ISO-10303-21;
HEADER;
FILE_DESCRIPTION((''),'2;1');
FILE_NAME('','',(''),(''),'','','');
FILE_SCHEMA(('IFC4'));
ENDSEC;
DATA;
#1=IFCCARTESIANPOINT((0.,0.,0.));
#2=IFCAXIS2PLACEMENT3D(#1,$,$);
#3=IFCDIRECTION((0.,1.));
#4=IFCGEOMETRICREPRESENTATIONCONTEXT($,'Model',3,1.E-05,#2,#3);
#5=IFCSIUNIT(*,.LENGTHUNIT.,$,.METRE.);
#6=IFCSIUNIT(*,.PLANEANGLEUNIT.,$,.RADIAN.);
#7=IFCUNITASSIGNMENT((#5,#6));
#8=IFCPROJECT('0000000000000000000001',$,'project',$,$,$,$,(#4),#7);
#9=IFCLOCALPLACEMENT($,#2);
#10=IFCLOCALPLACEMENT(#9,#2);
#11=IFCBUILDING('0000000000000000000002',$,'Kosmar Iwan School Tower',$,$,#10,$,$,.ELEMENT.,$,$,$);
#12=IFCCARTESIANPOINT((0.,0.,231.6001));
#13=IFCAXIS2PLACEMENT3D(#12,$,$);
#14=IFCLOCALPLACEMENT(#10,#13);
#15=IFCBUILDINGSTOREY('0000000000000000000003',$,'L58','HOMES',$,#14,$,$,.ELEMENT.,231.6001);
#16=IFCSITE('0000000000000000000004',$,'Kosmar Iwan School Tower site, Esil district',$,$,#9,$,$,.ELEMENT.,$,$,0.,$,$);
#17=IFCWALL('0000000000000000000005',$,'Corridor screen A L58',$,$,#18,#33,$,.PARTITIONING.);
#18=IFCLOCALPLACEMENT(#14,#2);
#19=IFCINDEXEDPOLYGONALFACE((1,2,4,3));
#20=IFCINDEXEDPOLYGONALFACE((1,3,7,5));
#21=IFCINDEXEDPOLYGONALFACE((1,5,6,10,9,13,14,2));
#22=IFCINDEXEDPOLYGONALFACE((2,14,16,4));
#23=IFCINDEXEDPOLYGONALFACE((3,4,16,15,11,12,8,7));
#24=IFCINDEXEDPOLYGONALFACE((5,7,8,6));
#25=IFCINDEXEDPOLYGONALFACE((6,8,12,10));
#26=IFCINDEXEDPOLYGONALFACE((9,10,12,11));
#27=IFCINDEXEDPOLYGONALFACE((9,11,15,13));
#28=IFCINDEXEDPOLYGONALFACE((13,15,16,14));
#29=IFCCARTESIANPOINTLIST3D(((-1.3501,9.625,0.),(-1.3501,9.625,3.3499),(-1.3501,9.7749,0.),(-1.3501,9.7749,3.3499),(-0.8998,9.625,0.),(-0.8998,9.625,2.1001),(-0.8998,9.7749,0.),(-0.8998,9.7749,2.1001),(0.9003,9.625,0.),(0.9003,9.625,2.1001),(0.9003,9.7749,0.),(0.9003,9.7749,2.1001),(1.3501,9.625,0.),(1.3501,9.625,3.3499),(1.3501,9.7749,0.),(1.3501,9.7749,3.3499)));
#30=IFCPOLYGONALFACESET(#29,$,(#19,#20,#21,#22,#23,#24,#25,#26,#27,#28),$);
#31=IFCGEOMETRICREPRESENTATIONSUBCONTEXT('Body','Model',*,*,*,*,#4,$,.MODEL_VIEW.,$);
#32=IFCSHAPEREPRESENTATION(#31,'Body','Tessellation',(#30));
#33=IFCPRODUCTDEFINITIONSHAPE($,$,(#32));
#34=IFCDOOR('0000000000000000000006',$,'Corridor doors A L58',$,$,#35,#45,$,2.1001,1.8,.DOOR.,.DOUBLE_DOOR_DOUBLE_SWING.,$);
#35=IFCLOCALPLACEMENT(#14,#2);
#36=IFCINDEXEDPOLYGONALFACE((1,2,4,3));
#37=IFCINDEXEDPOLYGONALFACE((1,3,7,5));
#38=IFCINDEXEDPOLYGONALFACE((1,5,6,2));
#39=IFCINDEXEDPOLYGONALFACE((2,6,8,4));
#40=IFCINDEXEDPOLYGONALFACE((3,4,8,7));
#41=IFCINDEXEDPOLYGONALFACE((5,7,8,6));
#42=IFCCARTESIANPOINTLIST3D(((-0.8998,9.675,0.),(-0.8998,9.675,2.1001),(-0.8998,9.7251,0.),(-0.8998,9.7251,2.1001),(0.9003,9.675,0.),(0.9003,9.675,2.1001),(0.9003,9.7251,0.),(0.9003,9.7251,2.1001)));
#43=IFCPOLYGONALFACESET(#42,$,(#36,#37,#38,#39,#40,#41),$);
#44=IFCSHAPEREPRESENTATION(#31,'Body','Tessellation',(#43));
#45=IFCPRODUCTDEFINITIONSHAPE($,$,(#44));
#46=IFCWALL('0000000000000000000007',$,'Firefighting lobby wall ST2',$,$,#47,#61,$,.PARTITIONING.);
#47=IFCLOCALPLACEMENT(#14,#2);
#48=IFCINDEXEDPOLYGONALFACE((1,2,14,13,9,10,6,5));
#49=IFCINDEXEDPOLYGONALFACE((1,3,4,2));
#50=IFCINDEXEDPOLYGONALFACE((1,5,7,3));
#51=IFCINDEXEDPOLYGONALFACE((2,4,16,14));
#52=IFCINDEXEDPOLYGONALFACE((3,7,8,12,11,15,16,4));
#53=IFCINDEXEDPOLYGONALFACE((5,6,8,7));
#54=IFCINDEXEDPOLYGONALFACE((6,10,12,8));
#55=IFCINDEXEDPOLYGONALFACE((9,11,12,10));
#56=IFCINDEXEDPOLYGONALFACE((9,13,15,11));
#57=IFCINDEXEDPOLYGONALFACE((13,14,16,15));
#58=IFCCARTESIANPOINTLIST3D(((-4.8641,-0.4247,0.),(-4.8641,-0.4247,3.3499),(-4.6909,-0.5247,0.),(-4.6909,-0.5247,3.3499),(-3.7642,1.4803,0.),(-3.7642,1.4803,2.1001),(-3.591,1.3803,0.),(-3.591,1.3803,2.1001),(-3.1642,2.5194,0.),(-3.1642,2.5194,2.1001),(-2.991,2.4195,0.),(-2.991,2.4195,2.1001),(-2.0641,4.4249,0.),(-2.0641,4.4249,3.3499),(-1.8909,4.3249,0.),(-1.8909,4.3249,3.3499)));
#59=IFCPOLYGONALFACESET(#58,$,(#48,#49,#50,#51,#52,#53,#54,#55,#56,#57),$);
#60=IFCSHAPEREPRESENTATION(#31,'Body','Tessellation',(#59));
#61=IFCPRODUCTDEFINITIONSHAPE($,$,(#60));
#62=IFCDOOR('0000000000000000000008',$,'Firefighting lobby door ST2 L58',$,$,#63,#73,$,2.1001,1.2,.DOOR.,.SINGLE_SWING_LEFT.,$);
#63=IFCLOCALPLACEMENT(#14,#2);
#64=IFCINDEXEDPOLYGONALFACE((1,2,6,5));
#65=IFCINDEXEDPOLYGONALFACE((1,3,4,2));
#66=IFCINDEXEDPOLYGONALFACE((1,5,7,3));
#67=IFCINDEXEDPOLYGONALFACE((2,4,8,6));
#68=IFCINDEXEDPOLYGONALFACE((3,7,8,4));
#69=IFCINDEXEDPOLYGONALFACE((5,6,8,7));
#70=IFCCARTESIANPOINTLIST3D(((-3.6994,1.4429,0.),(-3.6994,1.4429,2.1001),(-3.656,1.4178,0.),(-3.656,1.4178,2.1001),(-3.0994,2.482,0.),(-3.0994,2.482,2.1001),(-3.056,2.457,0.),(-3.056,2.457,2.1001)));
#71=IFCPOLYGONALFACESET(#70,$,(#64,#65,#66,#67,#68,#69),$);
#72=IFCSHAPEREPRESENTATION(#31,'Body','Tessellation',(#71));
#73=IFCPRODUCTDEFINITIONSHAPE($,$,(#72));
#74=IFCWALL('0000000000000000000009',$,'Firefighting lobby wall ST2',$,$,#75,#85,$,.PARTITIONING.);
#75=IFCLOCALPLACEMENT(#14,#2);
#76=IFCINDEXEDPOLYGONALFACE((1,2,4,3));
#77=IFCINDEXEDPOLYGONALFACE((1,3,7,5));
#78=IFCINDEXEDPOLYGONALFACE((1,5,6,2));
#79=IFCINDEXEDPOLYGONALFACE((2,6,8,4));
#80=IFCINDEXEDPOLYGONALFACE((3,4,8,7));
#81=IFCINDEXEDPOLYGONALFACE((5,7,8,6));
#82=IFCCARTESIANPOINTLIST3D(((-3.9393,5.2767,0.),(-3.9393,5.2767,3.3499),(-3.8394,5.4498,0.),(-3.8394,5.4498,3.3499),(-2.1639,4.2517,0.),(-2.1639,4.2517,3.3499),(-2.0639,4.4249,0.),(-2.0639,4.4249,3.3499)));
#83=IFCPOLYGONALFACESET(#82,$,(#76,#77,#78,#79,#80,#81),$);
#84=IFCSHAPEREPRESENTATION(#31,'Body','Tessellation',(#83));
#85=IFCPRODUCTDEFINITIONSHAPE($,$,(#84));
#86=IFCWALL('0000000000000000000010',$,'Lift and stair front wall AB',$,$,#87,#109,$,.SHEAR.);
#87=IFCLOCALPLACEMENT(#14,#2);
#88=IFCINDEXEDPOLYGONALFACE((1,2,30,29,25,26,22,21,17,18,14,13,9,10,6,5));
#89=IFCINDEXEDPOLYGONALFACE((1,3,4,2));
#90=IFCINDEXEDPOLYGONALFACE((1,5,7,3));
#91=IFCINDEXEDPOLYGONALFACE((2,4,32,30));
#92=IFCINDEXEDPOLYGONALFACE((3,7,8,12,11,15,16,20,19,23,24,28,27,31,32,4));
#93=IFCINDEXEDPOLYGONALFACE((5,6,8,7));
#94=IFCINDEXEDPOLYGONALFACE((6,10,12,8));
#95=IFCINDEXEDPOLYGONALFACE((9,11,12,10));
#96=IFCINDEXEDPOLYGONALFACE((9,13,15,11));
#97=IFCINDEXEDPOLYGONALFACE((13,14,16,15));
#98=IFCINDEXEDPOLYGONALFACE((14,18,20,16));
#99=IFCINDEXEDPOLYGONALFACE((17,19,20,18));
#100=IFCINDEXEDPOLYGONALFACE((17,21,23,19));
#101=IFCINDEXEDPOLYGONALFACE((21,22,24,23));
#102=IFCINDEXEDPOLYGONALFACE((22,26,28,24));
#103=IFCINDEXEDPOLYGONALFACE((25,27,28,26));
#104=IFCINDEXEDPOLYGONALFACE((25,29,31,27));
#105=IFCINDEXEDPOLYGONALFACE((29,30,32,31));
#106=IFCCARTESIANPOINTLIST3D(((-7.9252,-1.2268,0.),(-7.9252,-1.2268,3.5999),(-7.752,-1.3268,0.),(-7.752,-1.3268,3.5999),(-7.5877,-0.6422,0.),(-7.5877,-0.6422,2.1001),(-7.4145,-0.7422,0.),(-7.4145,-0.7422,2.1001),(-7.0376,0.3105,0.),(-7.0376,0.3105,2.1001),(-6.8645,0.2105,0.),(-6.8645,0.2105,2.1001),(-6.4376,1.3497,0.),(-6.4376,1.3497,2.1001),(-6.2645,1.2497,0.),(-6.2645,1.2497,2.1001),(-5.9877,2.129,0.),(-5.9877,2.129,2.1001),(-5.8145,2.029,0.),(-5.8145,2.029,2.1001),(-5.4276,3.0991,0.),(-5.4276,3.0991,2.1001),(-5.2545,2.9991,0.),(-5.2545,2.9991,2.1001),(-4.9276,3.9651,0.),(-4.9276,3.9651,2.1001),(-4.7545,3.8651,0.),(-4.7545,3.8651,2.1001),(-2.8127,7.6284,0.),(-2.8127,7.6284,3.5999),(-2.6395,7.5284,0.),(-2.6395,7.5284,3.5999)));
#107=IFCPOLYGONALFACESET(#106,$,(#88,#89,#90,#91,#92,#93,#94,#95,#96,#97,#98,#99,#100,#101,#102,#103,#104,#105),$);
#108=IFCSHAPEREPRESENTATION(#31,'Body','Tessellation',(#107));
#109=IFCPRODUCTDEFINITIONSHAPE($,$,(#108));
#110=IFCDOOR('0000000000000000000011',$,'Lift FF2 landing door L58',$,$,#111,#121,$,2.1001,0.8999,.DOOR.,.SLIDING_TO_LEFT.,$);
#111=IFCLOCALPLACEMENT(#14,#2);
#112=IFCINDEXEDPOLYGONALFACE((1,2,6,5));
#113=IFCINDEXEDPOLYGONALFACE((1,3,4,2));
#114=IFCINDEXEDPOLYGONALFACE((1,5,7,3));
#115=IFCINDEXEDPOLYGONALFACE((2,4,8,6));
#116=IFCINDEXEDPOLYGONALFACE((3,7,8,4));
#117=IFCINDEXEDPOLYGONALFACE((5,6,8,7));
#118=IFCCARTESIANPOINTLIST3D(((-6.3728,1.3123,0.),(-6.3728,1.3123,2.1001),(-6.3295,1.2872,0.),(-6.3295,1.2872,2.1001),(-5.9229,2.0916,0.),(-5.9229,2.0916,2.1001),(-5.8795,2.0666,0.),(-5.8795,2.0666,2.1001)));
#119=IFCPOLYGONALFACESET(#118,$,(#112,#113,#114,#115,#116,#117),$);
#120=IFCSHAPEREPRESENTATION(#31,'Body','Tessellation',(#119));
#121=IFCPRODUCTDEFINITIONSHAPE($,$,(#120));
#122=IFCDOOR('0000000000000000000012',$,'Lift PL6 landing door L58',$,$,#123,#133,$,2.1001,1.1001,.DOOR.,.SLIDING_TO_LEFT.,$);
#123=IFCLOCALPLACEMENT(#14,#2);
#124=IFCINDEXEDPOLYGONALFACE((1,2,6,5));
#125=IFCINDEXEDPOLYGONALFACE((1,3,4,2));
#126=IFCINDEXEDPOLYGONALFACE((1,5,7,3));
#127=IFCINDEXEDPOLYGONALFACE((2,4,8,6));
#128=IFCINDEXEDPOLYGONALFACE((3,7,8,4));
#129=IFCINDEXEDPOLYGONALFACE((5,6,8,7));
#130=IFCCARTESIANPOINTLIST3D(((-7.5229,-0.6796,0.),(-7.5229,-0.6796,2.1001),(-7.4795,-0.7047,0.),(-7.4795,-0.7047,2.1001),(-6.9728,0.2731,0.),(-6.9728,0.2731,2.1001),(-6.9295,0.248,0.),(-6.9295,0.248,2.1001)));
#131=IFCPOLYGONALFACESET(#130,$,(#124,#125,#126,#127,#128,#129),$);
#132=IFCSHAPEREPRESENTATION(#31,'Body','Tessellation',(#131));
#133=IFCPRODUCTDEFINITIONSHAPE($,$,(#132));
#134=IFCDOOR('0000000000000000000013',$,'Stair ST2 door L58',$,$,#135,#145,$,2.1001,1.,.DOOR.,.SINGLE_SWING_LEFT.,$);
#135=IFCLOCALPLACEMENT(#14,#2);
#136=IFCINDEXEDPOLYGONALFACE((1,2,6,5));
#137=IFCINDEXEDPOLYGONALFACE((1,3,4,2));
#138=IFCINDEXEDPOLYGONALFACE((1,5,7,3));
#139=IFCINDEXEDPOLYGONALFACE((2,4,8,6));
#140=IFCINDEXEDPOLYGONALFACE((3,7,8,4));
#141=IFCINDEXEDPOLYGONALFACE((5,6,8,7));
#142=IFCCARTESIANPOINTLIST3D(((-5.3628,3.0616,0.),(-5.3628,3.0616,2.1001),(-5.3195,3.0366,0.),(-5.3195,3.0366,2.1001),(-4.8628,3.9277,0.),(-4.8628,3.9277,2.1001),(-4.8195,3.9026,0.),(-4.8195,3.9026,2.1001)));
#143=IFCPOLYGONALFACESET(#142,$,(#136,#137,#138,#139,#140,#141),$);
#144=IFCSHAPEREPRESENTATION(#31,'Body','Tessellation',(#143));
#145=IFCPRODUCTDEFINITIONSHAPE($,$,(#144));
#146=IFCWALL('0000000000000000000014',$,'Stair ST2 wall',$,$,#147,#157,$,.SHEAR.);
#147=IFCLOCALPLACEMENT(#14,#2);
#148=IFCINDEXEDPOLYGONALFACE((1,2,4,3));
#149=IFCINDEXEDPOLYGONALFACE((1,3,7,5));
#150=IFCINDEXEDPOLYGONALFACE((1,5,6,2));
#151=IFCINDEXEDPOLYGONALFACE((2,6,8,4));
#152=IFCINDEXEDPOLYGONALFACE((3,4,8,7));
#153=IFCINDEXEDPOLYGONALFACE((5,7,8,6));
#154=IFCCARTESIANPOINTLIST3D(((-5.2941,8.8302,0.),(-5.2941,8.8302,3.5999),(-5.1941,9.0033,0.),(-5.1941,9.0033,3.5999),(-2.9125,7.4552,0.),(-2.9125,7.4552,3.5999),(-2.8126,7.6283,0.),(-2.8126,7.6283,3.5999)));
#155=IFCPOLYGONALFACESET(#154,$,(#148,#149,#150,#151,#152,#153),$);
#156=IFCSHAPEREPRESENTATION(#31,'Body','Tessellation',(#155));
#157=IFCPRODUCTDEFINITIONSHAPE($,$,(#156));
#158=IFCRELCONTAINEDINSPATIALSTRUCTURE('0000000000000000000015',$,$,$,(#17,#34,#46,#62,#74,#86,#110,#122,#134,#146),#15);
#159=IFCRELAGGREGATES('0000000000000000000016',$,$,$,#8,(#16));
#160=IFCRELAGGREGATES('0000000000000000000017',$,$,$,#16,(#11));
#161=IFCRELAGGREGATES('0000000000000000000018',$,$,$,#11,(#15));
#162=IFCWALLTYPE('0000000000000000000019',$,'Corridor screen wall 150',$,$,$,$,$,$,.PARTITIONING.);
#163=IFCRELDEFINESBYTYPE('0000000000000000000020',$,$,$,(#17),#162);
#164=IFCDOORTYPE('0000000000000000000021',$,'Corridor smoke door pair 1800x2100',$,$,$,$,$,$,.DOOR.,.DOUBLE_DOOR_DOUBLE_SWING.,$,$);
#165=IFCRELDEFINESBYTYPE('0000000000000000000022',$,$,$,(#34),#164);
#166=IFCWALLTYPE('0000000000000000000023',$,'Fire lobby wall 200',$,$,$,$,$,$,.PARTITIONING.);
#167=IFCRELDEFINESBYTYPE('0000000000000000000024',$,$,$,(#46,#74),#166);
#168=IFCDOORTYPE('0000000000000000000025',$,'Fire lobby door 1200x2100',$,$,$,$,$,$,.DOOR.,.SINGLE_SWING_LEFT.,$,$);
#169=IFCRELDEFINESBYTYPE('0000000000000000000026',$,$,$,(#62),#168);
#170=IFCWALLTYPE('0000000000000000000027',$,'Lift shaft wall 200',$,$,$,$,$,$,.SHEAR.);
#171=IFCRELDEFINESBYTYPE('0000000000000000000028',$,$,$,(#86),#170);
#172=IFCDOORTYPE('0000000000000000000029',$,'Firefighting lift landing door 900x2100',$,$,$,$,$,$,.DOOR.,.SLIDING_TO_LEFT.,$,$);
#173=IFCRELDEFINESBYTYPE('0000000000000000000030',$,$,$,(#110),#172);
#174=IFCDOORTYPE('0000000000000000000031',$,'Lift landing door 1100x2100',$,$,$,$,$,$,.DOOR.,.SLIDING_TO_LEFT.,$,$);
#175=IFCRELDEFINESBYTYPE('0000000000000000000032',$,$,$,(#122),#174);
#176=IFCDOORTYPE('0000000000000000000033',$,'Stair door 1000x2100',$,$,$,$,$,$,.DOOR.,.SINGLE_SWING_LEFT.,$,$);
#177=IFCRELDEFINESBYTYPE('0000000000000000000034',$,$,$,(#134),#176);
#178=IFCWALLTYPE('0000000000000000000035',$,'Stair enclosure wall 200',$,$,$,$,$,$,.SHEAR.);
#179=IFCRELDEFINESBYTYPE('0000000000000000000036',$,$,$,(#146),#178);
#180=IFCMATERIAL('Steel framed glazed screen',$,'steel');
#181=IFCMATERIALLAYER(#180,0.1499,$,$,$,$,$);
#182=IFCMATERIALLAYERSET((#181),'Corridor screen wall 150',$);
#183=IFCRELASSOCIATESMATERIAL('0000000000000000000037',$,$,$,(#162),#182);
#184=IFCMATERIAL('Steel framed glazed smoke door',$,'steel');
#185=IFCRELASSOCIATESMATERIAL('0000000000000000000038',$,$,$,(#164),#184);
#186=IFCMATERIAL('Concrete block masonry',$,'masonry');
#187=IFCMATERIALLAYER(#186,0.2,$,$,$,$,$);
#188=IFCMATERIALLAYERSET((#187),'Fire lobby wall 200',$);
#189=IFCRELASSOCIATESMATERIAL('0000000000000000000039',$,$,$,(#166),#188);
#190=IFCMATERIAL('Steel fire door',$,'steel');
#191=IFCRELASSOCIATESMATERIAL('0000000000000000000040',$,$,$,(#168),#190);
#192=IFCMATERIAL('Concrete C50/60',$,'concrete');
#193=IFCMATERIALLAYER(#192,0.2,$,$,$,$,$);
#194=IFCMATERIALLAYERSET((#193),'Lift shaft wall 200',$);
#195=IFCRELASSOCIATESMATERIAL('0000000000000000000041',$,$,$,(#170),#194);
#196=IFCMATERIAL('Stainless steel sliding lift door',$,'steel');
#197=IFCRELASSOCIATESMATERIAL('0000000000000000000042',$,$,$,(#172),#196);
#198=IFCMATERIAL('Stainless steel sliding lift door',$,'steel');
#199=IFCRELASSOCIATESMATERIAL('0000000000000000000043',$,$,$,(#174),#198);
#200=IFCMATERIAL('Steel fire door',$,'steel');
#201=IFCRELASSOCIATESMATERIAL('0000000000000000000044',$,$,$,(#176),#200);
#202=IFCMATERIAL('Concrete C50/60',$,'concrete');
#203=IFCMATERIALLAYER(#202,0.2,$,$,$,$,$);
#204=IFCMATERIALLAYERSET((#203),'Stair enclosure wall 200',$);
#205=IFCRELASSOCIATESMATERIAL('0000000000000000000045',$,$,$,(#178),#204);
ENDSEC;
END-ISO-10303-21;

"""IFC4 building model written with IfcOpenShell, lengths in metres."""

from ifc_helpers import new_model, si_unit, direction, frame, frame_2d, origin, place, context, subcontext, project, spatial, rectangle, extrude, material, layer, layer_set, type_object, element, fill, save


model = new_model("IFC4")

# Units and contexts
model_context = context("Model", 3, precision=1e-05, world=origin(), true_north=direction((0.0, 1.0)))
body_context = subcontext(model_context, "Body", "Model", "MODEL_VIEW")
ifc_project = project(units=[si_unit("LENGTHUNIT", "METRE"), si_unit("PLANEANGLEUNIT", "RADIAN")], contexts=[model_context])

# Site, building, storey
site_placement = place(None, origin())
site = spatial("IfcSite", under=ifc_project, at=site_placement, Name="Kosmar Iwan School Tower site, Esil district", CompositionType="ELEMENT", RefElevation=0.0)
building_placement = place(site_placement, origin())
building = spatial("IfcBuilding", under=site, at=building_placement, Name="Kosmar Iwan School Tower", CompositionType="ELEMENT")
storey_placement = place(building_placement, frame((0.0, 0.0, 231.6001)))
storey = spatial("IfcBuildingStorey", under=building, at=storey_placement, Name="L58", Description="HOMES", CompositionType="ELEMENT", Elevation=231.6001)

# Walls, openings, doors
ifc_material_1 = material(Name="Steel framed glazed screen", Category="steel")
ifc_layer_1 = layer(ifc_material_1, 0.1499)
ifc_layer_set_1 = layer_set([ifc_layer_1], Name="Corridor screen wall 150")
wall_type_1 = type_object("IfcWallType", Name="Corridor screen wall 150", PredefinedType="PARTITIONING", material=ifc_layer_set_1)
wall_1_placement = place(storey_placement, frame((1.3501, 9.7, 0.0), z_axis=(0.0, 0.0, 1.0), x_axis=(-1.0, 0.0, 0.0)))
wall_1 = element("IfcWall", 1, at=wall_1_placement, inside=storey, type_object=wall_type_1, Name="Corridor screen A L58", PredefinedType="PARTITIONING", context=body_context, shape_type="SweptSolid", body=[
    extrude(rectangle(XDim=2.7002, YDim=0.1499, at=frame_2d((1.3501, 0.0))), origin(), (0.0, 0.0, 1.0), 3.3499),
])
opening_1_placement = place(wall_1_placement, frame((0.45, 0.0, 0.0)))
opening_1 = element("IfcOpeningElement", 2, at=opening_1_placement, cuts=wall_1, PredefinedType="OPENING", context=body_context, shape_type="SweptSolid", body=[
    extrude(rectangle(XDim=1.8, YDim=2.1001, at=frame_2d((0.8999, 1.05))), frame((0.0, 0.0869, 0.0), z_axis=(0.0, -1.0, 0.0), x_axis=(1.0, 0.0, 0.0)), (0.0, 0.0, 1.0), 0.1738),
])
ifc_material_2 = material(Name="Steel framed glazed smoke door", Category="steel")
door_type_1 = type_object("IfcDoorType", Name="Corridor smoke door pair 1800x2100", OperationType="DOUBLE_DOOR_DOUBLE_SWING", PredefinedType="DOOR", material=ifc_material_2)
door_1_placement = place(opening_1_placement, origin())
door_1 = element("IfcDoor", 3, at=door_1_placement, inside=storey, type_object=door_type_1, Name="Corridor doors A L58", OperationType="DOUBLE_DOOR_DOUBLE_SWING", OverallHeight=2.1001, OverallWidth=1.8, PredefinedType="DOOR", context=body_context, shape_type="SweptSolid", body=[
    extrude(rectangle(XDim=1.8, YDim=2.1001, at=frame_2d((0.8999, 1.05))), frame((0.0, 0.0249, 0.0), z_axis=(0.0, -1.0, 0.0), x_axis=(1.0, 0.0, 0.0)), (0.0, 0.0, 1.0), 0.05),
])
fill(opening_1, door_1)
ifc_material_3 = material(Name="Concrete block masonry", Category="masonry")
ifc_layer_2 = layer(ifc_material_3, 0.2)
ifc_layer_set_2 = layer_set([ifc_layer_2], Name="Fire lobby wall 200")
wall_type_2 = type_object("IfcWallType", Name="Fire lobby wall 200", PredefinedType="PARTITIONING", material=ifc_layer_set_2)
wall_2_placement = place(storey_placement, frame((-1.9775, 4.3748, 0.0), z_axis=(0.0, 0.0, 1.0), x_axis=(-0.500017, -0.866016, 0.0)))
wall_2 = element("IfcWall", 4, at=wall_2_placement, inside=storey, type_object=wall_type_2, Name="Firefighting lobby wall ST2", PredefinedType="PARTITIONING", context=body_context, shape_type="SweptSolid", body=[
    extrude(rectangle(XDim=5.5999, YDim=0.2, at=frame_2d((2.7998, 0.0))), origin(), (0.0, 0.0, 1.0), 3.3499),
])
opening_2_placement = place(wall_2_placement, frame((2.2, 0.0, 0.0)))
opening_2 = element("IfcOpeningElement", 5, at=opening_2_placement, cuts=wall_2, PredefinedType="OPENING", context=body_context, shape_type="SweptSolid", body=[
    extrude(rectangle(XDim=1.2, YDim=2.1001, at=frame_2d((0.6001, 1.05))), frame((0.0, 0.1121, 0.0), z_axis=(0.0, -1.0, 0.0), x_axis=(1.0, 0.0, 0.0)), (0.0, 0.0, 1.0), 0.2239),
])
ifc_material_4 = material(Name="Steel fire door", Category="steel")
door_type_2 = type_object("IfcDoorType", Name="Fire lobby door 1200x2100", OperationType="SINGLE_SWING_LEFT", PredefinedType="DOOR", material=ifc_material_4)
door_2_placement = place(opening_2_placement, origin())
door_2 = element("IfcDoor", 6, at=door_2_placement, inside=storey, type_object=door_type_2, Name="Firefighting lobby door ST2 L58", OperationType="SINGLE_SWING_LEFT", OverallHeight=2.1001, OverallWidth=1.2, PredefinedType="DOOR", context=body_context, shape_type="SweptSolid", body=[
    extrude(rectangle(XDim=1.2, YDim=2.1001, at=frame_2d((0.6001, 1.05))), frame((0.0, 0.0249, 0.0), z_axis=(0.0, -1.0, 0.0), x_axis=(1.0, 0.0, 0.0)), (0.0, 0.0, 1.0), 0.05),
])
fill(opening_2, door_2)

# Wall
wall_3_placement = place(storey_placement, frame((-2.114, 4.3384, 0.0), z_axis=(0.0, 0.0, 1.0), x_axis=(-0.866051, 0.499956, 0.0)))
element("IfcWall", 7, at=wall_3_placement, inside=storey, type_object=wall_type_2, Name="Firefighting lobby wall ST2", PredefinedType="PARTITIONING", context=body_context, shape_type="SweptSolid", body=[
    extrude(rectangle(XDim=2.05, YDim=0.2, at=frame_2d((1.0249, 0.0))), origin(), (0.0, 0.0, 1.0), 3.3499),
])

# Wall, openings, doors
ifc_material_5 = material(Name="Concrete C50/60", Category="concrete")
ifc_layer_3 = layer(ifc_material_5, 0.2)
ifc_layer_set_3 = layer_set([ifc_layer_3], Name="Lift shaft wall 200")
wall_type_3 = type_object("IfcWallType", Name="Lift shaft wall 200", PredefinedType="SHEAR", material=ifc_layer_set_3)
wall_4_placement = place(storey_placement, frame((-2.7261, 7.5784, 0.0), z_axis=(0.0, 0.0, 1.0), x_axis=(-0.499999, -0.866026, 0.0)))
wall_4 = element("IfcWall", 8, at=wall_4_placement, inside=storey, type_object=wall_type_3, Name="Lift and stair front wall AB", PredefinedType="SHEAR", context=body_context, shape_type="SweptSolid", body=[
    extrude(rectangle(XDim=10.2251, YDim=0.2, at=frame_2d((5.1125, 0.0))), origin(), (0.0, 0.0, 1.0), 3.5999),
])
opening_3_placement = place(wall_4_placement, frame((6.3501, 0.0, 0.0)))
opening_3 = element("IfcOpeningElement", 9, at=opening_3_placement, cuts=wall_4, PredefinedType="OPENING", context=body_context, shape_type="SweptSolid", body=[
    extrude(rectangle(XDim=0.8999, YDim=2.1001, at=frame_2d((0.45, 1.05))), frame((0.0, 0.1121, 0.0), z_axis=(0.0, -1.0, 0.0), x_axis=(1.0, 0.0, 0.0)), (0.0, 0.0, 1.0), 0.2239),
])
opening_4_placement = place(wall_4_placement, frame((8.45, 0.0, 0.0)))
opening_4 = element("IfcOpeningElement", 10, at=opening_4_placement, cuts=wall_4, PredefinedType="OPENING", context=body_context, shape_type="SweptSolid", body=[
    extrude(rectangle(XDim=1.1001, YDim=2.1001, at=frame_2d((0.55, 1.05))), frame((0.0, 0.1121, 0.0), z_axis=(0.0, -1.0, 0.0), x_axis=(1.0, 0.0, 0.0)), (0.0, 0.0, 1.0), 0.2239),
])
opening_5_placement = place(wall_4_placement, frame((4.23, 0.0, 0.0)))
opening_5 = element("IfcOpeningElement", 11, at=opening_5_placement, cuts=wall_4, PredefinedType="OPENING", context=body_context, shape_type="SweptSolid", body=[
    extrude(rectangle(XDim=1.0, YDim=2.1001, at=frame_2d((0.5, 1.05))), frame((0.0, 0.1121, 0.0), z_axis=(0.0, -1.0, 0.0), x_axis=(1.0, 0.0, 0.0)), (0.0, 0.0, 1.0), 0.2239),
])
ifc_material_6 = material(Name="Stainless steel sliding lift door", Category="steel")
door_type_3 = type_object("IfcDoorType", Name="Firefighting lift landing door 900x2100", OperationType="SLIDING_TO_LEFT", PredefinedType="DOOR", material=ifc_material_6)
door_3_placement = place(opening_3_placement, origin())
door_3 = element("IfcDoor", 12, at=door_3_placement, inside=storey, type_object=door_type_3, Name="Lift FF2 landing door L58", OperationType="SLIDING_TO_LEFT", OverallHeight=2.1001, OverallWidth=0.8999, PredefinedType="DOOR", context=body_context, shape_type="SweptSolid", body=[
    extrude(rectangle(XDim=0.8999, YDim=2.1001, at=frame_2d((0.45, 1.05))), frame((0.0, 0.0249, 0.0), z_axis=(0.0, -1.0, 0.0), x_axis=(1.0, 0.0, 0.0)), (0.0, 0.0, 1.0), 0.05),
])
fill(opening_3, door_3)
ifc_material_7 = material(Name="Stainless steel sliding lift door", Category="steel")
door_type_4 = type_object("IfcDoorType", Name="Lift landing door 1100x2100", OperationType="SLIDING_TO_LEFT", PredefinedType="DOOR", material=ifc_material_7)
door_4_placement = place(opening_4_placement, origin())
door_4 = element("IfcDoor", 13, at=door_4_placement, inside=storey, type_object=door_type_4, Name="Lift PL6 landing door L58", OperationType="SLIDING_TO_LEFT", OverallHeight=2.1001, OverallWidth=1.1001, PredefinedType="DOOR", context=body_context, shape_type="SweptSolid", body=[
    extrude(rectangle(XDim=1.1001, YDim=2.1001, at=frame_2d((0.55, 1.05))), frame((0.0, 0.0249, 0.0), z_axis=(0.0, -1.0, 0.0), x_axis=(1.0, 0.0, 0.0)), (0.0, 0.0, 1.0), 0.05),
])
fill(opening_4, door_4)
ifc_material_8 = material(Name="Steel fire door", Category="steel")
door_type_5 = type_object("IfcDoorType", Name="Stair door 1000x2100", OperationType="SINGLE_SWING_LEFT", PredefinedType="DOOR", material=ifc_material_8)
door_5_placement = place(opening_5_placement, origin())
door_5 = element("IfcDoor", 14, at=door_5_placement, inside=storey, type_object=door_type_5, Name="Stair ST2 door L58", OperationType="SINGLE_SWING_LEFT", OverallHeight=2.1001, OverallWidth=1.0, PredefinedType="DOOR", context=body_context, shape_type="SweptSolid", body=[
    extrude(rectangle(XDim=1.0, YDim=2.1001, at=frame_2d((0.5, 1.05))), frame((0.0, 0.0249, 0.0), z_axis=(0.0, -1.0, 0.0), x_axis=(1.0, 0.0, 0.0)), (0.0, 0.0, 1.0), 0.05),
])
fill(opening_5, door_5)

# Wall
ifc_material_9 = material(Name="Concrete C50/60", Category="concrete")
ifc_layer_4 = layer(ifc_material_9, 0.2)
ifc_layer_set_4 = layer_set([ifc_layer_4], Name="Stair enclosure wall 200")
wall_type_4 = type_object("IfcWallType", Name="Stair enclosure wall 200", PredefinedType="SHEAR", material=ifc_layer_set_4)
wall_5_placement = place(storey_placement, frame((-2.8625, 7.5417, 0.0), z_axis=(0.0, 0.0, 1.0), x_axis=(-0.866027, 0.499997, 0.0)))
element("IfcWall", 15, at=wall_5_placement, inside=storey, type_object=wall_type_4, Name="Stair ST2 wall", PredefinedType="SHEAR", context=body_context, shape_type="SweptSolid", body=[
    extrude(rectangle(XDim=2.75, YDim=0.2, at=frame_2d((1.375, 0.0))), origin(), (0.0, 0.0, 1.0), 3.5999),
])

save(model, "model.ifc")
